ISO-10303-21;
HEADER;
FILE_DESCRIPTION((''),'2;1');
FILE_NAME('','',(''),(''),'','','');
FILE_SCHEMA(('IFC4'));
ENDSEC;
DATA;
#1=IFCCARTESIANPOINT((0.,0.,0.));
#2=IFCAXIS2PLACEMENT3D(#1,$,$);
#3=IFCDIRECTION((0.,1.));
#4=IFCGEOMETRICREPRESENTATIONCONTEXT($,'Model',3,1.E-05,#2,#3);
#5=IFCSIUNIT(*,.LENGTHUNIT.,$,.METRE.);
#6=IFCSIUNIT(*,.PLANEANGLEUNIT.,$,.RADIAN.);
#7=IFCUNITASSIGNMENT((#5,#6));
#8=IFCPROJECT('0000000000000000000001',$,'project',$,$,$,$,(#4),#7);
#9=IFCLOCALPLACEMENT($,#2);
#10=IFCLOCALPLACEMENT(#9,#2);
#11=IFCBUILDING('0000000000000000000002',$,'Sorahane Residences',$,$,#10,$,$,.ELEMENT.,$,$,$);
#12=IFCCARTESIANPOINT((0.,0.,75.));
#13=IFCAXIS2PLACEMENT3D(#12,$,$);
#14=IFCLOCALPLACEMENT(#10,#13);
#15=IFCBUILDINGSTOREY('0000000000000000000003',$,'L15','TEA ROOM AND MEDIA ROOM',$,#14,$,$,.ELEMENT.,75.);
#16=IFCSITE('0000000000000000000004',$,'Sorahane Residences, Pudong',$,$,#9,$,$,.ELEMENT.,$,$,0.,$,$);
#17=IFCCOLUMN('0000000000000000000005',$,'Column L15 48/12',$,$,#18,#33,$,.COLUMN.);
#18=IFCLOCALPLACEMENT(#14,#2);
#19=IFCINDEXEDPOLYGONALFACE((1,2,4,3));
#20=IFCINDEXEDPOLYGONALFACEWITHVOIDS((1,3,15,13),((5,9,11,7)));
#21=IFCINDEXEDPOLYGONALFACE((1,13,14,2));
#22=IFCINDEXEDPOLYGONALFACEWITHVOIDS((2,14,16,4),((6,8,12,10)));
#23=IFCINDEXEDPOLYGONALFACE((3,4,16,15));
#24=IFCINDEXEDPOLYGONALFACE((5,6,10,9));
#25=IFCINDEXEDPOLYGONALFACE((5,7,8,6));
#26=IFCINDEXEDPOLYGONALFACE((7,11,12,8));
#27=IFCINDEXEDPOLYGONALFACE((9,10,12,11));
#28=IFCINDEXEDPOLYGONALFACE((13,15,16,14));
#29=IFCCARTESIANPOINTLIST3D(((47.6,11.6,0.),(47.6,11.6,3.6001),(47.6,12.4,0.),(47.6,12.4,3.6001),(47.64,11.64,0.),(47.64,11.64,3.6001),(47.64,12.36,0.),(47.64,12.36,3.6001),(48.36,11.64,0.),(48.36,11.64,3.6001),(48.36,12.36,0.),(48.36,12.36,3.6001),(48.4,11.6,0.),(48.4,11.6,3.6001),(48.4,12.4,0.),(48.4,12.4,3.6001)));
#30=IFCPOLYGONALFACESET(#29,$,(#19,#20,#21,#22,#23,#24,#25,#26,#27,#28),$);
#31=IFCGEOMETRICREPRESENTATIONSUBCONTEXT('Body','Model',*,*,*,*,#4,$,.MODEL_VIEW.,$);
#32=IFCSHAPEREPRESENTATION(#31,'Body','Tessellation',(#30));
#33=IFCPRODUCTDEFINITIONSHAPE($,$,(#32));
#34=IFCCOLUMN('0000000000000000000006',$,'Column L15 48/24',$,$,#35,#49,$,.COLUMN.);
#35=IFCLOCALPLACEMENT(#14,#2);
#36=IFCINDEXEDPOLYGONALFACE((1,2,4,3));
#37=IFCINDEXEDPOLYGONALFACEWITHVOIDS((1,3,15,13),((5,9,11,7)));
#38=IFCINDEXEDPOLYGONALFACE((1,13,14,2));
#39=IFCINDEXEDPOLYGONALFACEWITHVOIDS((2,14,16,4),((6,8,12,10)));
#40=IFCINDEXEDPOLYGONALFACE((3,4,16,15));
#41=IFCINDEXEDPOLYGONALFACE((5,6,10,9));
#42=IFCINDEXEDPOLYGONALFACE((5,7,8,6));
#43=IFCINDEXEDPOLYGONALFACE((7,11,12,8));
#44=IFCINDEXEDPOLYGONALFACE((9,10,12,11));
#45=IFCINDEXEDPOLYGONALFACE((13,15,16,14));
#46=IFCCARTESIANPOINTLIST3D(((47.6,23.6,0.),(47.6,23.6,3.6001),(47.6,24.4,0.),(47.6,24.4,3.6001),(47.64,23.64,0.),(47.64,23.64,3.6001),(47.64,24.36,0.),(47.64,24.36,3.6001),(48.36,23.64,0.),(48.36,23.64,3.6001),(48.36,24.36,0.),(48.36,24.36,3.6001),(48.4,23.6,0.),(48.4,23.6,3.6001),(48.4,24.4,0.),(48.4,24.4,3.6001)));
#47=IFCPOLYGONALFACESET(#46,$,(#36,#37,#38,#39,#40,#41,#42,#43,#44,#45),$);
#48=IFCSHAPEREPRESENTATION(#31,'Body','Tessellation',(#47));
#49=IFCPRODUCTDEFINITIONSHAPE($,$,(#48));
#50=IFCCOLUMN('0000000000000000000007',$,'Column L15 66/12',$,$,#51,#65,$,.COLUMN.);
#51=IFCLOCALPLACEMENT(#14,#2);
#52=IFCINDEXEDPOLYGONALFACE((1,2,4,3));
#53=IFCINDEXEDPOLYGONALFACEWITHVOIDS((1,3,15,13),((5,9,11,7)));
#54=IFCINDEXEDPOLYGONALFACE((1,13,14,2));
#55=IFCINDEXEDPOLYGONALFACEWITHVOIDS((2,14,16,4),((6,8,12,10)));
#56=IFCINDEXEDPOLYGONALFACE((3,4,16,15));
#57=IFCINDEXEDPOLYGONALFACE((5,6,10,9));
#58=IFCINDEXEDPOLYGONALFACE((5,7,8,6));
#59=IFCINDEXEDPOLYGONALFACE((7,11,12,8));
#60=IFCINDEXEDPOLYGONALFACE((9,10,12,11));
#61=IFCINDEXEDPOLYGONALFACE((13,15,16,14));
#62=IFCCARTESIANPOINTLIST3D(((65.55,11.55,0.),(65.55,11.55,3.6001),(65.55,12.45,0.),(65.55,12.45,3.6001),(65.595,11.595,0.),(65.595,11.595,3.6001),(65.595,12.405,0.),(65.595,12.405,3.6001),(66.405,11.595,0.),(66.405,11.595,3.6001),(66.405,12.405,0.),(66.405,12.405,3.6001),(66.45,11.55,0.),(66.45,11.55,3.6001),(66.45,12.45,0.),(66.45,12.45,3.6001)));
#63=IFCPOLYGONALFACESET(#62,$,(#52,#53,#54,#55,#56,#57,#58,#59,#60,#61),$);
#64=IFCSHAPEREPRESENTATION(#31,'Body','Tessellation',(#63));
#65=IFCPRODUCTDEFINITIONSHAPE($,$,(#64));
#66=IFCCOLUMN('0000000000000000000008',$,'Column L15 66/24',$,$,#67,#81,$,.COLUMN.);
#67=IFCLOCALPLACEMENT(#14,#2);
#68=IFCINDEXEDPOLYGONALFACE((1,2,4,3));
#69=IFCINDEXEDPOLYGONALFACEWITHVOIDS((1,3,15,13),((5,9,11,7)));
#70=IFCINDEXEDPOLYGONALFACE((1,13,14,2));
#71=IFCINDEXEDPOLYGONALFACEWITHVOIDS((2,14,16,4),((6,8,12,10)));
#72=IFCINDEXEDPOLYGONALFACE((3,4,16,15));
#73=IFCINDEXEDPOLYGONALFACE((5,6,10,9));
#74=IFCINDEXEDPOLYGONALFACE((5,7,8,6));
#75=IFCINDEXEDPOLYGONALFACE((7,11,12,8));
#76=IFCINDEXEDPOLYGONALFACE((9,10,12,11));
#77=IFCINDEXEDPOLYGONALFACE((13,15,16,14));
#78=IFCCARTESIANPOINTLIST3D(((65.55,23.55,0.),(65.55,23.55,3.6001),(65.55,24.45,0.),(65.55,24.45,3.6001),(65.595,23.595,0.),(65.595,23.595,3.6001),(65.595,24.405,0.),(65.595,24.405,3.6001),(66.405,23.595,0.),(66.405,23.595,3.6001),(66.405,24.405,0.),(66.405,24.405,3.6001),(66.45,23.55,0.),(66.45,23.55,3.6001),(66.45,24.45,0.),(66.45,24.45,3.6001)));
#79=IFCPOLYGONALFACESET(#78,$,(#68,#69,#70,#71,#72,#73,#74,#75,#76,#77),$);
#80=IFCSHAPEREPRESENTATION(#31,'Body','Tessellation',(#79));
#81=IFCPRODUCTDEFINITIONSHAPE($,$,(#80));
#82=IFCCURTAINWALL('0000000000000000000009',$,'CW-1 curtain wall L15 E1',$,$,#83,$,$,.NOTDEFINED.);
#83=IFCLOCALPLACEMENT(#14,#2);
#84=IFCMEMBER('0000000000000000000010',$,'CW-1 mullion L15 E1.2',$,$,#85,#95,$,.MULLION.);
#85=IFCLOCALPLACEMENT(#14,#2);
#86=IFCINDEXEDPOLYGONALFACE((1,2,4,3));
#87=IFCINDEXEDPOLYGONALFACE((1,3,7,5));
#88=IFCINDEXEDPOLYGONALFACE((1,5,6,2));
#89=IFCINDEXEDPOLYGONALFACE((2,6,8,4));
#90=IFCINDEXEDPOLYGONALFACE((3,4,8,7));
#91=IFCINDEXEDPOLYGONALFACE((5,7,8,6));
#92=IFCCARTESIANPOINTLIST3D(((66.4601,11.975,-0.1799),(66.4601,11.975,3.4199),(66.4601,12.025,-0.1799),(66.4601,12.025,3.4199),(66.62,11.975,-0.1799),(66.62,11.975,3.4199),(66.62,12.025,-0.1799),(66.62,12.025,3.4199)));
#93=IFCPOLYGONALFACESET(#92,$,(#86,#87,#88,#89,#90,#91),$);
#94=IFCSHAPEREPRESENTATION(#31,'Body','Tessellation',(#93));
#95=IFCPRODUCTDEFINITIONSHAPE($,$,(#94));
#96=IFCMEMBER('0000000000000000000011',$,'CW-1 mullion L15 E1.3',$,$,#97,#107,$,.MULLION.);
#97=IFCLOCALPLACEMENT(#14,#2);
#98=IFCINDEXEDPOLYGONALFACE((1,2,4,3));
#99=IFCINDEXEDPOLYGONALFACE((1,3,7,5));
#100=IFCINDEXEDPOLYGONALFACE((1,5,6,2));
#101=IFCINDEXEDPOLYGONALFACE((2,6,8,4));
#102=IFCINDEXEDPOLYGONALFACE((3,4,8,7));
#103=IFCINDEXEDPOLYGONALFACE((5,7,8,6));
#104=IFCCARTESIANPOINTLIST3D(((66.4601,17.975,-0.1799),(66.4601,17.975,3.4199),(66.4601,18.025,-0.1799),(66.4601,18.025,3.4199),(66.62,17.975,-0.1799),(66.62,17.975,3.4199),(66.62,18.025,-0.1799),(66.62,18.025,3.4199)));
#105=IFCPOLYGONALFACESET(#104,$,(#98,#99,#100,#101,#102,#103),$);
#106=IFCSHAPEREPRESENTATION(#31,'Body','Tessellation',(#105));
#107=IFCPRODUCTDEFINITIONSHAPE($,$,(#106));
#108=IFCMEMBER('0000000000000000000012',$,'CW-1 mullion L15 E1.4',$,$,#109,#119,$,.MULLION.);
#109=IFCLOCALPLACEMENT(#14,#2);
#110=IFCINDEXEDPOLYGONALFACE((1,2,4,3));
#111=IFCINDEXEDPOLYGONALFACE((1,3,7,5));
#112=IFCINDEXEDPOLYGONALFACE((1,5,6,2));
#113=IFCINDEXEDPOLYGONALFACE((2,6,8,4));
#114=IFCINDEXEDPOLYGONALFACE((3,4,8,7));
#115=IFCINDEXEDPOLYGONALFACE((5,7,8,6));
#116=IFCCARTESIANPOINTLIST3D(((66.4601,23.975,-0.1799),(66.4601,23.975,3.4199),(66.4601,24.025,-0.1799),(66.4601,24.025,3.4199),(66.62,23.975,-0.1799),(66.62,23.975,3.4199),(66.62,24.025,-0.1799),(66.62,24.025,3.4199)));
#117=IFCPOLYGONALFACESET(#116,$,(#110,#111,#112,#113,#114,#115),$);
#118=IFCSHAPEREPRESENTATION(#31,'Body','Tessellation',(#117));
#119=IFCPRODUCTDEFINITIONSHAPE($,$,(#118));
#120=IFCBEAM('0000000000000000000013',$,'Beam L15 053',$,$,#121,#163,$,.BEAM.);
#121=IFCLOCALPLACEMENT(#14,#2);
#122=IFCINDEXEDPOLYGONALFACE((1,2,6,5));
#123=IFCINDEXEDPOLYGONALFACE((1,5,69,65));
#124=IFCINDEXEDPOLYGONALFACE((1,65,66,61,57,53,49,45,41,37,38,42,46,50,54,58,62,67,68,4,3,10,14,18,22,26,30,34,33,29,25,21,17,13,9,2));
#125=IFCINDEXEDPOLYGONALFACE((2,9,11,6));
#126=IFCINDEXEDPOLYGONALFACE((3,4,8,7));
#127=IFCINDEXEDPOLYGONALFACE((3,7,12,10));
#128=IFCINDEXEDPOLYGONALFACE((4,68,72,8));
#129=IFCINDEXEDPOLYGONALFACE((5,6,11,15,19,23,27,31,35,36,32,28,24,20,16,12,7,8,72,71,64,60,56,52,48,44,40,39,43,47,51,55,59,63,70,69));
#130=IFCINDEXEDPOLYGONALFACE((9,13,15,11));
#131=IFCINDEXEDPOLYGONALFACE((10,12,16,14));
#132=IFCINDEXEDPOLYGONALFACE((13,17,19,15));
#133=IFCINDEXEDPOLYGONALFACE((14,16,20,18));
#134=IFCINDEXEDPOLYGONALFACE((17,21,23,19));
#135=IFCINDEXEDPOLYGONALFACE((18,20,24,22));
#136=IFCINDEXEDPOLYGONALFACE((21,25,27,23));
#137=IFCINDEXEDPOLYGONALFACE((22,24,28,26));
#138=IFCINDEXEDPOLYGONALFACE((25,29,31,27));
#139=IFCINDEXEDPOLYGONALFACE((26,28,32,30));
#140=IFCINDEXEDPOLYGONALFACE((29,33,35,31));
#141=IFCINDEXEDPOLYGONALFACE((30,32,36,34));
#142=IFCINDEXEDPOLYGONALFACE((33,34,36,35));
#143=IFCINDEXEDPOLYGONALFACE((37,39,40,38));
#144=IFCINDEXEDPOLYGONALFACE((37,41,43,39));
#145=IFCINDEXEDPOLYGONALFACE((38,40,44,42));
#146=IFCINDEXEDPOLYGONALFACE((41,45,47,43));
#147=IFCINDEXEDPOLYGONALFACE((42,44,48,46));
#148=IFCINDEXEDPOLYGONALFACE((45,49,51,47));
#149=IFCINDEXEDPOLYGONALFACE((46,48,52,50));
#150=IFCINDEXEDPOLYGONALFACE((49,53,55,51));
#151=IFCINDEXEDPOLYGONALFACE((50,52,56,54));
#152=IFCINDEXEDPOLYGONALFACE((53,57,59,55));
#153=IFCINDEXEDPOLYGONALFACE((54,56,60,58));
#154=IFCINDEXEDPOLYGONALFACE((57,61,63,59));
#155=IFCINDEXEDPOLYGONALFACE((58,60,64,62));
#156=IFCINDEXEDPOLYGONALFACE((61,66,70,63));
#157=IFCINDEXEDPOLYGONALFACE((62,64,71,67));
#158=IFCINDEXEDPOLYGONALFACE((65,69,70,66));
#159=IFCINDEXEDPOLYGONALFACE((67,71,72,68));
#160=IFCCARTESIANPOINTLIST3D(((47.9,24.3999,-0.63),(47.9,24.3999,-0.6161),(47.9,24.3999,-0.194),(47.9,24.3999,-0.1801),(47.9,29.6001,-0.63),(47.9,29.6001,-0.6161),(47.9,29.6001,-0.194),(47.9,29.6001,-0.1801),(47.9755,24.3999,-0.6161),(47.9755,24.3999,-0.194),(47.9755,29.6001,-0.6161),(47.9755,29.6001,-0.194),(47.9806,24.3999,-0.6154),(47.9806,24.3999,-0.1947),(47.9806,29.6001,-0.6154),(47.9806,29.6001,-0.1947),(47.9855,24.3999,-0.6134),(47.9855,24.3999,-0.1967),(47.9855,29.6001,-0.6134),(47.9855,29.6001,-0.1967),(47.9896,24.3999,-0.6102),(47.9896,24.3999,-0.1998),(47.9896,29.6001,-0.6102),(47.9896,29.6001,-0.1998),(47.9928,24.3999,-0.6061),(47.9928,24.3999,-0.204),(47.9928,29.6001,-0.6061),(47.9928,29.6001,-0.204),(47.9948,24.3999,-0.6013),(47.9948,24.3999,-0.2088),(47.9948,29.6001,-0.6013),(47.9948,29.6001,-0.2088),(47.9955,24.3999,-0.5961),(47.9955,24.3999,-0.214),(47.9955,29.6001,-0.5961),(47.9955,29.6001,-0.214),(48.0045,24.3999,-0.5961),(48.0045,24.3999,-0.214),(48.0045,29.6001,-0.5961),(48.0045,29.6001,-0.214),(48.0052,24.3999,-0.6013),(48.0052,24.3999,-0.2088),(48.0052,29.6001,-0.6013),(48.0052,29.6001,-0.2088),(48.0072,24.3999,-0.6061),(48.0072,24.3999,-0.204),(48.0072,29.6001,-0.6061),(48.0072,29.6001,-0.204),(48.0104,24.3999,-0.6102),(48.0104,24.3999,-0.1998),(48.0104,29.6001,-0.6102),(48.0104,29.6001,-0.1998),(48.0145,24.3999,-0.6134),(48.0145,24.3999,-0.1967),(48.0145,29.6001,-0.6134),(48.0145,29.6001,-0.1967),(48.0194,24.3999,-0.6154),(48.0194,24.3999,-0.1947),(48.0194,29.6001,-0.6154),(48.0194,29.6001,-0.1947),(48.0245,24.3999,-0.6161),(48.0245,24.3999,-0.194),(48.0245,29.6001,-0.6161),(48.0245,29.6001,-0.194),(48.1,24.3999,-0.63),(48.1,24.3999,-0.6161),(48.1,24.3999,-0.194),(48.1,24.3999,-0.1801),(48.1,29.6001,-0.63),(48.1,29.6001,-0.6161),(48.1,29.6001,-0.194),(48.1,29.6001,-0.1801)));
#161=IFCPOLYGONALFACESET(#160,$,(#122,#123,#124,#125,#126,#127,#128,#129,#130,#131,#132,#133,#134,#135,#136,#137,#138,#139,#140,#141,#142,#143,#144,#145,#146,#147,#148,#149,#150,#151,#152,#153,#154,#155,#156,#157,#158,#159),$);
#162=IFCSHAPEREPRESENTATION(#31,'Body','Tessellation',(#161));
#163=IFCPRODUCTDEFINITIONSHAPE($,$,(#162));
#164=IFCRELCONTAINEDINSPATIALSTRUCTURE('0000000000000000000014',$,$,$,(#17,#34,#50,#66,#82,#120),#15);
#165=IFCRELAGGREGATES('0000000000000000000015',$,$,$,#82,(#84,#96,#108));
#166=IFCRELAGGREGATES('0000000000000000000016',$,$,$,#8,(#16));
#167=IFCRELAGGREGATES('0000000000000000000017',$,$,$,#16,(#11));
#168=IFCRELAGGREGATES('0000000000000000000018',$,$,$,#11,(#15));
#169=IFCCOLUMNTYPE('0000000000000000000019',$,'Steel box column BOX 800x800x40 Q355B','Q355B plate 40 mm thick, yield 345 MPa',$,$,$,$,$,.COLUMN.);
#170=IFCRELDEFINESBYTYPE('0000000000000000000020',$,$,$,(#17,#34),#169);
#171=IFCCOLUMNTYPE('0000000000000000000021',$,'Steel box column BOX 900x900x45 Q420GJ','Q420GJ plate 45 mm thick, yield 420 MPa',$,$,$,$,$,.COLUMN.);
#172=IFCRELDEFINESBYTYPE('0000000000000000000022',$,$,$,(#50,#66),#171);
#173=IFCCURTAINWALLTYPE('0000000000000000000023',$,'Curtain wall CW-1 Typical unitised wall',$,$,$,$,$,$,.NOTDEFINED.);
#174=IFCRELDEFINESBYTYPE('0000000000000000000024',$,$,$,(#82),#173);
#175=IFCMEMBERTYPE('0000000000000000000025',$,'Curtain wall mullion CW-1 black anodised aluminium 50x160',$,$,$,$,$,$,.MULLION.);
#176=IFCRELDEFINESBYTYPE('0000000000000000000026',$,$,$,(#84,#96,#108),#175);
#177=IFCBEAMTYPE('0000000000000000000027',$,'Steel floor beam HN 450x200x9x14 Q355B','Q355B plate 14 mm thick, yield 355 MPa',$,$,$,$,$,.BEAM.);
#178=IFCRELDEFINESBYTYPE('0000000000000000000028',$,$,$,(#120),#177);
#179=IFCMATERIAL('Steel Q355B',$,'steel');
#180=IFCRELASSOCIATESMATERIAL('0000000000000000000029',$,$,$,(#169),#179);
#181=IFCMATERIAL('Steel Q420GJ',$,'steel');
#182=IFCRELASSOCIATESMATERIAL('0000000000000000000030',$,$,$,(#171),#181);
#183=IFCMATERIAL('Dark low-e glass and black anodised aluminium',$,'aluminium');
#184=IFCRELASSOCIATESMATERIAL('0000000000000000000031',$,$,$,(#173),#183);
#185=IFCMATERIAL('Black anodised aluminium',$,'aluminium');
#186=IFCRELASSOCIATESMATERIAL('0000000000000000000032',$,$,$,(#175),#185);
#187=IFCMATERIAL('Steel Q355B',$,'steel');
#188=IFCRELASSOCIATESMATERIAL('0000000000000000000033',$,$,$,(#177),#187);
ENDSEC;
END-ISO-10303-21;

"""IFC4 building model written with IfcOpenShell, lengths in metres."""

from ifc_helpers import new_model, si_unit, direction, frame, origin, origin_2d, place, context, subcontext, project, spatial, rectangle, hollow_rectangle, i_section, extrude, material, material_profile, profile_set, type_object, element, aggregate, save


model = new_model("IFC4")

# Units and contexts
model_context = context("Model", 3, precision=1e-05, world=origin(), true_north=direction((0.0, 1.0)))
body_context = subcontext(model_context, "Body", "Model", "MODEL_VIEW")
ifc_project = project(units=[si_unit("LENGTHUNIT", "METRE"), si_unit("PLANEANGLEUNIT", "RADIAN")], contexts=[model_context])

# Site, building, storey
site_placement = place(None, origin())
site = spatial("IfcSite", under=ifc_project, at=site_placement, Name="Sorahane Residences, Pudong", CompositionType="ELEMENT", RefElevation=0.0)
building_placement = place(site_placement, origin())
building = spatial("IfcBuilding", under=site, at=building_placement, Name="Sorahane Residences", CompositionType="ELEMENT")
storey_placement = place(building_placement, frame((0.0, 0.0, 75.0)))
storey = spatial("IfcBuildingStorey", under=building, at=storey_placement, Name="L15", Description="TEA ROOM AND MEDIA ROOM", CompositionType="ELEMENT", Elevation=75.0)

# Columns
ifc_material_1 = material(Name="Steel Q355B", Category="steel")
ifc_material_profile_1 = material_profile(ifc_material_1, hollow_rectangle(XDim=0.8, YDim=0.8, WallThickness=0.04, at=origin_2d()), Name="BOX 800x800x40")
ifc_profile_set_1 = profile_set([ifc_material_profile_1], Name="Steel Q355B")
column_type_1 = type_object("IfcColumnType", Name="Steel box column BOX 800x800x40 Q355B", Description="Q355B plate 40 mm thick, yield 345 MPa", PredefinedType="COLUMN", material=ifc_profile_set_1)
for number, where, z_axis, x_axis, name in (
    (1, (48.0, 12.0, 0.0), (0.0, 0.0, 1.0), (1.0, 0.0, 0.0), "Column L15 48/12"),
    (2, (48.0, 24.0, 0.0), (0.0, 0.0, 1.0), (1.0, 0.0, 0.0), "Column L15 48/24"),
):
    element("IfcColumn", number, at=place(storey_placement, frame(where, z_axis=z_axis, x_axis=x_axis)), inside=storey, type_object=column_type_1, Name=name, PredefinedType="COLUMN", context=body_context, shape_type="SweptSolid", body=[
        extrude(hollow_rectangle(XDim=0.8, YDim=0.8, WallThickness=0.04, at=origin_2d()), origin(), (0.0, 0.0, 1.0), 3.6001),
    ])
ifc_material_2 = material(Name="Steel Q420GJ", Category="steel")
ifc_material_profile_2 = material_profile(ifc_material_2, hollow_rectangle(XDim=0.8999, YDim=0.8999, WallThickness=0.0449, at=origin_2d()), Name="BOX 900x900x45")
ifc_profile_set_2 = profile_set([ifc_material_profile_2], Name="Steel Q420GJ")
column_type_2 = type_object("IfcColumnType", Name="Steel box column BOX 900x900x45 Q420GJ", Description="Q420GJ plate 45 mm thick, yield 420 MPa", PredefinedType="COLUMN", material=ifc_profile_set_2)
for number, where, z_axis, x_axis, name in (
    (3, (66.0, 12.0, 0.0), (0.0, 0.0, 1.0), (1.0, 0.0, 0.0), "Column L15 66/12"),
    (4, (66.0, 24.0, 0.0), (0.0, 0.0, 1.0), (1.0, 0.0, 0.0), "Column L15 66/24"),
):
    element("IfcColumn", number, at=place(storey_placement, frame(where, z_axis=z_axis, x_axis=x_axis)), inside=storey, type_object=column_type_2, Name=name, PredefinedType="COLUMN", context=body_context, shape_type="SweptSolid", body=[
        extrude(hollow_rectangle(XDim=0.8999, YDim=0.8999, WallThickness=0.0449, at=origin_2d()), origin(), (0.0, 0.0, 1.0), 3.6001),
    ])

# Curtain wall, members
ifc_material_3 = material(Name="Dark low-e glass and black anodised aluminium", Category="aluminium")
curtain_wall_type = type_object("IfcCurtainWallType", Name="Curtain wall CW-1 Typical unitised wall", PredefinedType="NOTDEFINED", material=ifc_material_3)
curtain_wall_placement = place(storey_placement, origin())
curtain_wall = element("IfcCurtainWall", 5, at=curtain_wall_placement, inside=storey, type_object=curtain_wall_type, Name="CW-1 curtain wall L15 E1", PredefinedType="NOTDEFINED")
ifc_material_4 = material(Name="Black anodised aluminium", Category="aluminium")
ifc_material_profile_3 = material_profile(ifc_material_4, rectangle(XDim=0.1599, YDim=0.05, at=origin_2d()), Name="Curtain wall mullion CW-1 black anodised aluminium 50x160")
ifc_profile_set_3 = profile_set([ifc_material_profile_3], Name="Black anodised aluminium")
member_type = type_object("IfcMemberType", Name="Curtain wall mullion CW-1 black anodised aluminium 50x160", PredefinedType="MULLION", material=ifc_profile_set_3)
member_1_placement = place(storey_placement, frame((66.54, 12.0, -0.1799), z_axis=(0.0, 0.0, 1.0), x_axis=(1.0, 0.0, 0.0)))
member_1 = element("IfcMember", 6, at=member_1_placement, type_object=member_type, Name="CW-1 mullion L15 E1.2", PredefinedType="MULLION", context=body_context, shape_type="SweptSolid", body=[
    extrude(rectangle(XDim=0.1599, YDim=0.05, at=origin_2d()), origin(), (0.0, 0.0, 1.0), 3.5999),
])
member_2_placement = place(storey_placement, frame((66.54, 18.0, -0.1799), z_axis=(0.0, 0.0, 1.0), x_axis=(1.0, 0.0, 0.0)))
member_2 = element("IfcMember", 7, at=member_2_placement, type_object=member_type, Name="CW-1 mullion L15 E1.3", PredefinedType="MULLION", context=body_context, shape_type="SweptSolid", body=[
    extrude(rectangle(XDim=0.1599, YDim=0.05, at=origin_2d()), origin(), (0.0, 0.0, 1.0), 3.5999),
])
member_3_placement = place(storey_placement, frame((66.54, 24.0, -0.1799), z_axis=(0.0, 0.0, 1.0), x_axis=(1.0, 0.0, 0.0)))
member_3 = element("IfcMember", 8, at=member_3_placement, type_object=member_type, Name="CW-1 mullion L15 E1.4", PredefinedType="MULLION", context=body_context, shape_type="SweptSolid", body=[
    extrude(rectangle(XDim=0.1599, YDim=0.05, at=origin_2d()), origin(), (0.0, 0.0, 1.0), 3.5999),
])

# Beam
ifc_material_5 = material(Name="Steel Q355B", Category="steel")
ifc_material_profile_4 = material_profile(ifc_material_5, i_section(OverallWidth=0.2, OverallDepth=0.45, WebThickness=0.009, FlangeThickness=0.0139, FilletRadius=0.02, at=origin_2d()), Name="HN 450x200x9x14")
ifc_profile_set_4 = profile_set([ifc_material_profile_4], Name="Steel Q355B")
beam_type_1 = type_object("IfcBeamType", Name="Steel floor beam HN 450x200x9x14 Q355B", Description="Q355B plate 14 mm thick, yield 355 MPa", PredefinedType="BEAM", material=ifc_profile_set_4)
beam_1_placement = place(storey_placement, frame((48.0, 24.3999, -0.405), z_axis=(0.0, 1.0, 0.0), x_axis=(-1.0, 0.0, 0.0)))
element("IfcBeam", 9, at=beam_1_placement, inside=storey, type_object=beam_type_1, Name="Beam L15 053", PredefinedType="BEAM", context=body_context, shape_type="SweptSolid", body=[
    extrude(i_section(OverallWidth=0.2, OverallDepth=0.45, WebThickness=0.009, FlangeThickness=0.0139, FilletRadius=0.02, at=origin_2d()), origin(), (0.0, 0.0, 1.0), 5.2002),
])

aggregate(curtain_wall, [member_1, member_2, member_3])

save(model, "model.ifc")
